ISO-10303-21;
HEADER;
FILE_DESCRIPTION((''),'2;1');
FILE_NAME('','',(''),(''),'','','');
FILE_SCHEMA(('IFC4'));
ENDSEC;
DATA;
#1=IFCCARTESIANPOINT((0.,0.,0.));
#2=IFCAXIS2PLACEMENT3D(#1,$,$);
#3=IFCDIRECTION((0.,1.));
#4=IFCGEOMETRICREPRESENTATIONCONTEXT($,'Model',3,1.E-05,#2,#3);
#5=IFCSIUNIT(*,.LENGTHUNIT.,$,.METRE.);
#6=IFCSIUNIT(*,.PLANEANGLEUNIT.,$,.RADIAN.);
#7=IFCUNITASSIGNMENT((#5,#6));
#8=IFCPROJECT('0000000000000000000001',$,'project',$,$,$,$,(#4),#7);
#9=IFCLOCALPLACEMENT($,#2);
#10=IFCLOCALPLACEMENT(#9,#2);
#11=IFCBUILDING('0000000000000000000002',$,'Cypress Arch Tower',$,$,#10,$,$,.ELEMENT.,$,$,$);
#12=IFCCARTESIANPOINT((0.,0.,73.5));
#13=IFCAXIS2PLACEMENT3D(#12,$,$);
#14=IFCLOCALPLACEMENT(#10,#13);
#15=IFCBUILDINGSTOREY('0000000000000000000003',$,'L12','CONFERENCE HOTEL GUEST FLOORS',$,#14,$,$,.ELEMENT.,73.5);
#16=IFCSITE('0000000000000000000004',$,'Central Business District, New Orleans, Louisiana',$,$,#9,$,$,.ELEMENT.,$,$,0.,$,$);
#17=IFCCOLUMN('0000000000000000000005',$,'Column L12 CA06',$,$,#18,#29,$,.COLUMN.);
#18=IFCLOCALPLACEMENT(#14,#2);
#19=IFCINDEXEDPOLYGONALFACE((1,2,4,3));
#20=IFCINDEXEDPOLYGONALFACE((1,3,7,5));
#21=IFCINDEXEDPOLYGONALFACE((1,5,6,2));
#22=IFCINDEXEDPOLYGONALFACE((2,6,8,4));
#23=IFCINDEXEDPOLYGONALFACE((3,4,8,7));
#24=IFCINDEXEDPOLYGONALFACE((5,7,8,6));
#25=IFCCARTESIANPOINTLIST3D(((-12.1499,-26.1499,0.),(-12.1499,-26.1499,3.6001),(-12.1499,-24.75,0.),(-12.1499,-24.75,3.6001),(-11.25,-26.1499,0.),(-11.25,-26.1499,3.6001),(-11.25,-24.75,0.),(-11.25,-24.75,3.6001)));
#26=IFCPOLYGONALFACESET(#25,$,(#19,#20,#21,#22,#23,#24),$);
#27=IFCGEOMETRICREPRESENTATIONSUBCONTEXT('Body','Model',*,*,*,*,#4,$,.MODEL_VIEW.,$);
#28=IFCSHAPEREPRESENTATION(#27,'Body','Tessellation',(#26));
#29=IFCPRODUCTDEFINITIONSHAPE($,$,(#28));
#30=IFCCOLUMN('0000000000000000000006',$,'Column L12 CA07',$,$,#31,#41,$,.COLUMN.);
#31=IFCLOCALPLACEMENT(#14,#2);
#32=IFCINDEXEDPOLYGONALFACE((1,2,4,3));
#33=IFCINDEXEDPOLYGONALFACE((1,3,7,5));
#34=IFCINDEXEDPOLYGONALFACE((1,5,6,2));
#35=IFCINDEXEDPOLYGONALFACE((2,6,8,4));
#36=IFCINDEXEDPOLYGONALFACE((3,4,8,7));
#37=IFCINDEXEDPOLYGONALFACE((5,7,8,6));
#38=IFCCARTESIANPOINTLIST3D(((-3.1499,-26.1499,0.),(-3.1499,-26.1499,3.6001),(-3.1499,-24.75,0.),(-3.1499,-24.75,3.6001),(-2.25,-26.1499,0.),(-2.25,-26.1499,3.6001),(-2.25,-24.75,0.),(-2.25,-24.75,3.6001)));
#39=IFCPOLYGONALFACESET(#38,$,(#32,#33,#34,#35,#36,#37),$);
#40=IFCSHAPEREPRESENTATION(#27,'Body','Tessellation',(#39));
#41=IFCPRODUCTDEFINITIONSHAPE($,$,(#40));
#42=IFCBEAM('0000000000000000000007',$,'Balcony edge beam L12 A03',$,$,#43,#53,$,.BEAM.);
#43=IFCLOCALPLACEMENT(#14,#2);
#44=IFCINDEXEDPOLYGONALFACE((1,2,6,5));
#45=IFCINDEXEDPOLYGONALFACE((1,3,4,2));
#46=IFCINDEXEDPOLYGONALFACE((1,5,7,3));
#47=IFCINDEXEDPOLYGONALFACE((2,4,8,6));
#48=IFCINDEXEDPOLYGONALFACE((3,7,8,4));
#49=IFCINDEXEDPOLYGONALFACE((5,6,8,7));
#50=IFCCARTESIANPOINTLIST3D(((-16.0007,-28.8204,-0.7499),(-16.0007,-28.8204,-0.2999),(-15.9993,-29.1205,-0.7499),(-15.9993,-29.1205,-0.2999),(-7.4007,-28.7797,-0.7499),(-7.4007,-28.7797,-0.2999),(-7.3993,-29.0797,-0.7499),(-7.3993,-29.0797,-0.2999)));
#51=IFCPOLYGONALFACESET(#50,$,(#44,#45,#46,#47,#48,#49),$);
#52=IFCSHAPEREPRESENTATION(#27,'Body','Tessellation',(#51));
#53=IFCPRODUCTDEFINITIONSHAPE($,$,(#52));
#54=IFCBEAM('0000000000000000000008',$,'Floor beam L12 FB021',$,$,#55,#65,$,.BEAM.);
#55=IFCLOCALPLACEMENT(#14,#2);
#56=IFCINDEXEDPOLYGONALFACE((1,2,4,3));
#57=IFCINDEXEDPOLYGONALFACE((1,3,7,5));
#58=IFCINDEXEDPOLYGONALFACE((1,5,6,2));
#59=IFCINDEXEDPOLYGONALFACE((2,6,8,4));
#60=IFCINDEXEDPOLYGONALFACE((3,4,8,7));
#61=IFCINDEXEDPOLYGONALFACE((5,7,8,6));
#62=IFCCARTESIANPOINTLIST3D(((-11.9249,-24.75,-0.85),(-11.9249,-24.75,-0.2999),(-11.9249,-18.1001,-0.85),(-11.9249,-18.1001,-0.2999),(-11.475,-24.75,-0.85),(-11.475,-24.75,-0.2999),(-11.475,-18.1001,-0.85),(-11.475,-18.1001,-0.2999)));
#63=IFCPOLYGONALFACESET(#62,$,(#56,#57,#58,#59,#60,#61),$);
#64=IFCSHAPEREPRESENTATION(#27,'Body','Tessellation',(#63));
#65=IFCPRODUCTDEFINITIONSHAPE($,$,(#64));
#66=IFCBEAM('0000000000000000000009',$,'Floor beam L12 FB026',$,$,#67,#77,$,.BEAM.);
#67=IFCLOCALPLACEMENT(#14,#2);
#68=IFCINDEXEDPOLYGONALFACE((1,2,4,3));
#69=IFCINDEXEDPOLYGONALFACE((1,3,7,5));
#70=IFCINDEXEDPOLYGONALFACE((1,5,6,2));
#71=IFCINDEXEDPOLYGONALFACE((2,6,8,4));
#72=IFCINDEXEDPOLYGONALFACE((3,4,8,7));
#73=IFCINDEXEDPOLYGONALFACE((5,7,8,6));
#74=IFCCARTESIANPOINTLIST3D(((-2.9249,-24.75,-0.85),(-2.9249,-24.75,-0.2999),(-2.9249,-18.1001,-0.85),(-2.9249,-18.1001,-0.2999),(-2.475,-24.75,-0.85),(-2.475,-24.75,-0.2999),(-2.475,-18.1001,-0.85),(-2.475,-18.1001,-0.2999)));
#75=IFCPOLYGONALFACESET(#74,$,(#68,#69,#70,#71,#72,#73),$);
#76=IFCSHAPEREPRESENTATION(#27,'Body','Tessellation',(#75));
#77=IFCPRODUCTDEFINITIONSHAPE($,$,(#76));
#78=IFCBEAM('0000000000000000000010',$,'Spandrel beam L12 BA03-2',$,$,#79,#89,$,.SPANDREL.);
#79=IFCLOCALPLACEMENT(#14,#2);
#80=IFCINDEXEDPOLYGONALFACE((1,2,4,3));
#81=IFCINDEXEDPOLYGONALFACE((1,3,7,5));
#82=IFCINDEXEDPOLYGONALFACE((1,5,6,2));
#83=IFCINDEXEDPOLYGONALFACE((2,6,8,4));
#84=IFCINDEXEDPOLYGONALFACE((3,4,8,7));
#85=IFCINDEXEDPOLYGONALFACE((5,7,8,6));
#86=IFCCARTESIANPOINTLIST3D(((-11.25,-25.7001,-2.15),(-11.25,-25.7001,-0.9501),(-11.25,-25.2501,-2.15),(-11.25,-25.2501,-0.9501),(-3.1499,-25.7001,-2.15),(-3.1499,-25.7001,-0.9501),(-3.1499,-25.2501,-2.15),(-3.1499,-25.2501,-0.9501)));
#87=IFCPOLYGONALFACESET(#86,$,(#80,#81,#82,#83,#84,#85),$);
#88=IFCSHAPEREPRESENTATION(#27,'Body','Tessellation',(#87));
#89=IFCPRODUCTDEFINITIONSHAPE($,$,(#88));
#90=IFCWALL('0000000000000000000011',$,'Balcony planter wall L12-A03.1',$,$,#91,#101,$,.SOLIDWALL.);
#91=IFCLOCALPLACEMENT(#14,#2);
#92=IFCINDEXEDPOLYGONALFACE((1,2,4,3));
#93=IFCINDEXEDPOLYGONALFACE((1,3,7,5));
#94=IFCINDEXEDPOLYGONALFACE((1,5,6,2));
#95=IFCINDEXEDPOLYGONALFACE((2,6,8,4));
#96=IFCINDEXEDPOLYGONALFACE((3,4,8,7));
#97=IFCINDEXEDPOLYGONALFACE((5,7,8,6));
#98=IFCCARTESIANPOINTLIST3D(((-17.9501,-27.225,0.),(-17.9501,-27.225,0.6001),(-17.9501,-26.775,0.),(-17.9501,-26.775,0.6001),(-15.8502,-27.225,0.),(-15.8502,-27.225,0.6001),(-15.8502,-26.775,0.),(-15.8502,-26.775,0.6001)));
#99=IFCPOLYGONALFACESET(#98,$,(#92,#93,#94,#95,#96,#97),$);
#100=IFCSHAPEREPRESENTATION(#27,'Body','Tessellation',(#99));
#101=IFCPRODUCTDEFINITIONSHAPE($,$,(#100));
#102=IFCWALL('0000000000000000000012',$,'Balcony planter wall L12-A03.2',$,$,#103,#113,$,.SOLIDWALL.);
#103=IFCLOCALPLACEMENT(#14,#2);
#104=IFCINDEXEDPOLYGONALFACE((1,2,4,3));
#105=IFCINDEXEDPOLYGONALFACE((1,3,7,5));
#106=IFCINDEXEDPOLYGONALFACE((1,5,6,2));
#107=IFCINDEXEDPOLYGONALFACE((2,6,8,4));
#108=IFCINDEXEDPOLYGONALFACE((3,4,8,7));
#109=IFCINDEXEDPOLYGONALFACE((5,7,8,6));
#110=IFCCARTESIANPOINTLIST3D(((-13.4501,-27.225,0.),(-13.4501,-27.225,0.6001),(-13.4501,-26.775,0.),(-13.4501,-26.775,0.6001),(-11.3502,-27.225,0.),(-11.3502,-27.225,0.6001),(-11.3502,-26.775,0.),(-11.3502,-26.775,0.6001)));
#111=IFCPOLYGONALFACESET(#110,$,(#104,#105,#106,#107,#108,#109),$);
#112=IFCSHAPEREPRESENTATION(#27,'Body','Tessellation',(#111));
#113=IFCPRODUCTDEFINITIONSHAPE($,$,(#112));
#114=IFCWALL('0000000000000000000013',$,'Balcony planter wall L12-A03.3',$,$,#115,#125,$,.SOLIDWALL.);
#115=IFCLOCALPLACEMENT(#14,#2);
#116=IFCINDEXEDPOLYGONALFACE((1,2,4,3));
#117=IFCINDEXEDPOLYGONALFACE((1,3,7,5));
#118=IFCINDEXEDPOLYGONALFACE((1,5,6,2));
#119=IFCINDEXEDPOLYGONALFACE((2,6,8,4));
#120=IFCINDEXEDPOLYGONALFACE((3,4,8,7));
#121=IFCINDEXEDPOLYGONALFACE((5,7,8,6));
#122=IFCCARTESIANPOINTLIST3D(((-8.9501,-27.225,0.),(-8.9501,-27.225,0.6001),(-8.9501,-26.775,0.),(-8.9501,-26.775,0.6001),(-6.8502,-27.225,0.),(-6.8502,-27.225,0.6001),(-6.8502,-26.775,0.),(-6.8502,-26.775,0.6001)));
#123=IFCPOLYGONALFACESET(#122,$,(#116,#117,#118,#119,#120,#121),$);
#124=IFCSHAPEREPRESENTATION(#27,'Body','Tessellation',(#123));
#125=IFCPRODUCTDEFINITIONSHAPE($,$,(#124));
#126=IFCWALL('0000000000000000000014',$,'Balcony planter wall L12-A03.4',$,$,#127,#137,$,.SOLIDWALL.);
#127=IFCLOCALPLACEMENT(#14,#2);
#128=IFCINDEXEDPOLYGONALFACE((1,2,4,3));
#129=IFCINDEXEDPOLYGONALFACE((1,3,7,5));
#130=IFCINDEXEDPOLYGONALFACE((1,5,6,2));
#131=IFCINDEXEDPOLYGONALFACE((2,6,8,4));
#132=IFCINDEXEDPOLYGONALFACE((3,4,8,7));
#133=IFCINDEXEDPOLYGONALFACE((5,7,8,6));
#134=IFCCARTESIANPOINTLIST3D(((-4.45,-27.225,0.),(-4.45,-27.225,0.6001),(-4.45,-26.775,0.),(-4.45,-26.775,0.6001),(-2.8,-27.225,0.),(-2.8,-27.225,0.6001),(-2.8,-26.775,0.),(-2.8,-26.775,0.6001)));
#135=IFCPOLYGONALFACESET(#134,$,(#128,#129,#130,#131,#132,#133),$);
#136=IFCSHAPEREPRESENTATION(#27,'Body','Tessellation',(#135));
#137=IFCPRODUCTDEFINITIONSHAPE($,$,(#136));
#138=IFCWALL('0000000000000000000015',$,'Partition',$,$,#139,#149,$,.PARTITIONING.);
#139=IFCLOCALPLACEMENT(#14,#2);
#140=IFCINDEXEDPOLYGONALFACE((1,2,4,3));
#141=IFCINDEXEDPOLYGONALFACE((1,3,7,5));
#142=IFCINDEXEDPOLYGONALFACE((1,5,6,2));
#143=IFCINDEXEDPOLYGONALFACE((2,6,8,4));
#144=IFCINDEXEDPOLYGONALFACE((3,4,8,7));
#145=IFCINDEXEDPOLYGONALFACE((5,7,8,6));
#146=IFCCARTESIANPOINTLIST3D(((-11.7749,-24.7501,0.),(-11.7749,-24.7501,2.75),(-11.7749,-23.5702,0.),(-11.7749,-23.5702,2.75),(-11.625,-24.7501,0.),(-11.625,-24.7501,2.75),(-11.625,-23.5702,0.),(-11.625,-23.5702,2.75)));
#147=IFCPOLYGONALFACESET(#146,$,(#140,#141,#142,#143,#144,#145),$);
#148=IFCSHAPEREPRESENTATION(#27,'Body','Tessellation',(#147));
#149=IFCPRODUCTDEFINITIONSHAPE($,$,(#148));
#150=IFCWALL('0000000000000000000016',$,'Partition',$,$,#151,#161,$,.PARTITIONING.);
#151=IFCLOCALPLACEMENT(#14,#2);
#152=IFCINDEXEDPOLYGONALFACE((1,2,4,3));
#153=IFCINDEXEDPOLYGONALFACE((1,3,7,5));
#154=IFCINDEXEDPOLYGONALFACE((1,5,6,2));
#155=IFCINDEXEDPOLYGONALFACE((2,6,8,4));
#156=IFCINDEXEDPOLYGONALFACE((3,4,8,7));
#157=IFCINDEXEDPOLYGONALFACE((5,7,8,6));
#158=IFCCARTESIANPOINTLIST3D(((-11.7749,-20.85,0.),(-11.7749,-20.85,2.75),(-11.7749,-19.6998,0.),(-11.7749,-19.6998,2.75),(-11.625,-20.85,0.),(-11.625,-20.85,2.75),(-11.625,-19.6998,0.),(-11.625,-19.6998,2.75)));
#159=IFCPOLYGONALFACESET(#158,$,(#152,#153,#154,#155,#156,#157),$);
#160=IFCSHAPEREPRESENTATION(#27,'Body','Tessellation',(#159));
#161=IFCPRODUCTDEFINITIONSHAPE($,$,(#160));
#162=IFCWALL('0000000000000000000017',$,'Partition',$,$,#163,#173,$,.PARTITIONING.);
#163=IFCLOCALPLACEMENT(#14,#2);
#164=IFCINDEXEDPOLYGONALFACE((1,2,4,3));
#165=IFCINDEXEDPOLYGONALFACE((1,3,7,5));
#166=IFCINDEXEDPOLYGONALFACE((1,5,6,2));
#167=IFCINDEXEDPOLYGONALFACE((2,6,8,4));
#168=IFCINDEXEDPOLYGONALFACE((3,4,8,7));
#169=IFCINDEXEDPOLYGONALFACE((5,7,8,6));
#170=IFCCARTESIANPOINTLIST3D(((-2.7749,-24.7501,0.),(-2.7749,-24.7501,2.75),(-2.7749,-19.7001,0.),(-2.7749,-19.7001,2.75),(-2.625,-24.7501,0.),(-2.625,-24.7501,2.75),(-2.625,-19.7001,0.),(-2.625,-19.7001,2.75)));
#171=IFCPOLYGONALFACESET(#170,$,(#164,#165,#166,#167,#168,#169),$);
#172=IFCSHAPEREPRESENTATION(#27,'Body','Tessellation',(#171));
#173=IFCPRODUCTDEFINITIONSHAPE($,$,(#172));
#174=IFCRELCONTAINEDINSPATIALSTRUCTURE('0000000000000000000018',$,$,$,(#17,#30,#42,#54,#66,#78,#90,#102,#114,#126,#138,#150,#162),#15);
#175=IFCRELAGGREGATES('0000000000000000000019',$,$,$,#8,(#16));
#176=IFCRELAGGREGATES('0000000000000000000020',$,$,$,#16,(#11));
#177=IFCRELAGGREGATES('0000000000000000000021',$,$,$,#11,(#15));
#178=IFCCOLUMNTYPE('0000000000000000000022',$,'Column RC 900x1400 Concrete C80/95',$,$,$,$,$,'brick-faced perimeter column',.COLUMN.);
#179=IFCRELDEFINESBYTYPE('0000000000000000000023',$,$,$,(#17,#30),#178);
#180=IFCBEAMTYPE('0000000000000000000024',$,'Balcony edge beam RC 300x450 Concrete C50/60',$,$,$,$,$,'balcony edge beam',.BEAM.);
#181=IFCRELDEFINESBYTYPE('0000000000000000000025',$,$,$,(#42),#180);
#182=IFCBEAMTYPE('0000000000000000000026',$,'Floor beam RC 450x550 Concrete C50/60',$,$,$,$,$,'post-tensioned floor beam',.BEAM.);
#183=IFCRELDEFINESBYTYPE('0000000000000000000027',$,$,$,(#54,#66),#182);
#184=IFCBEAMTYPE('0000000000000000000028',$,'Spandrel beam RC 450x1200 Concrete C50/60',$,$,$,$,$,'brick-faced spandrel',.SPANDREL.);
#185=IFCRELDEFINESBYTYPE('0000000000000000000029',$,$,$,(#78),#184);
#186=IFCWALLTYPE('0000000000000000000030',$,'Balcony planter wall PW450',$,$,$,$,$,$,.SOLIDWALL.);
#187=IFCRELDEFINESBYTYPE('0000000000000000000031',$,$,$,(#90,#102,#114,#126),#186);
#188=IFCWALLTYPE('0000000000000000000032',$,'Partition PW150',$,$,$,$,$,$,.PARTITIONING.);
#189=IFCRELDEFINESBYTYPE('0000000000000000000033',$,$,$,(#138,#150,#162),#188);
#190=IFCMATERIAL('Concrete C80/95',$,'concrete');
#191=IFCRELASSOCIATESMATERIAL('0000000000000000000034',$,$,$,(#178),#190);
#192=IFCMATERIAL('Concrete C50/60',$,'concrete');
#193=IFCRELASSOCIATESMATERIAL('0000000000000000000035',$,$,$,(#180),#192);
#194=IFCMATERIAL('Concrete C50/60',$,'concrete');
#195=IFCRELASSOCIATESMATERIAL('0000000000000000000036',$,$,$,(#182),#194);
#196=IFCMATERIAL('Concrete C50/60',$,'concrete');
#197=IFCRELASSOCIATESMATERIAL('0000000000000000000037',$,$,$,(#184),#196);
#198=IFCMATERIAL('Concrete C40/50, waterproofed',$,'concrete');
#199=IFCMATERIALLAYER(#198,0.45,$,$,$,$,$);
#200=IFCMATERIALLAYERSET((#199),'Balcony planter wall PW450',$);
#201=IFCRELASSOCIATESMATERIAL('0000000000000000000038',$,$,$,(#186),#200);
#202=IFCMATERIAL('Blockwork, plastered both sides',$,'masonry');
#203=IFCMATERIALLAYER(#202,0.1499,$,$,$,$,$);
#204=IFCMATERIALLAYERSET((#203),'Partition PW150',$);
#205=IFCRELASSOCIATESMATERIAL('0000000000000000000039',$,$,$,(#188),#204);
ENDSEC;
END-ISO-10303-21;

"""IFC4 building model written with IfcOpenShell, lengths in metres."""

from ifc_helpers import new_model, si_unit, direction, frame, frame_2d, origin, origin_2d, place, context, subcontext, project, spatial, rectangle, extrude, material, layer, layer_set, material_profile, profile_set, type_object, element, save


model = new_model("IFC4")

# Units and contexts
model_context = context("Model", 3, precision=1e-05, world=origin(), true_north=direction((0.0, 1.0)))
body_context = subcontext(model_context, "Body", "Model", "MODEL_VIEW")
ifc_project = project(units=[si_unit("LENGTHUNIT", "METRE"), si_unit("PLANEANGLEUNIT", "RADIAN")], contexts=[model_context])

# Site, building, storey
site_placement = place(None, origin())
site = spatial("IfcSite", under=ifc_project, at=site_placement, Name="Central Business District, New Orleans, Louisiana", CompositionType="ELEMENT", RefElevation=0.0)
building_placement = place(site_placement, origin())
building = spatial("IfcBuilding", under=site, at=building_placement, Name="Cypress Arch Tower", CompositionType="ELEMENT")
storey_placement = place(building_placement, frame((0.0, 0.0, 73.5)))
storey = spatial("IfcBuildingStorey", under=building, at=storey_placement, Name="L12", Description="CONFERENCE HOTEL GUEST FLOORS", CompositionType="ELEMENT", Elevation=73.5)

# Columns
ifc_material_1 = material(Name="Concrete C80/95", Category="concrete")
ifc_material_profile_1 = material_profile(ifc_material_1, rectangle(XDim=0.8999, YDim=1.3999, at=origin_2d()), Name="RC 900x1400")
ifc_profile_set_1 = profile_set([ifc_material_profile_1], Name="Concrete C80/95")
column_type = type_object("IfcColumnType", Name="Column RC 900x1400 Concrete C80/95", ElementType="brick-faced perimeter column", PredefinedType="COLUMN", material=ifc_profile_set_1)
for number, where, z_axis, x_axis, name in (
    (1, (-11.7, -25.45, 0.0), (0.0, 0.0, 1.0), (1.0, 0.0, 0.0), "Column L12 CA06"),
    (2, (-2.7, -25.45, 0.0), (0.0, 0.0, 1.0), (1.0, 0.0, 0.0), "Column L12 CA07"),
):
    element("IfcColumn", number, at=place(storey_placement, frame(where, z_axis=z_axis, x_axis=x_axis)), inside=storey, type_object=column_type, Name=name, PredefinedType="COLUMN", context=body_context, shape_type="SweptSolid", body=[
        extrude(rectangle(XDim=0.8999, YDim=1.3999, at=origin_2d()), origin(), (0.0, 0.0, 1.0), 3.6001),
    ])

# Beams
ifc_material_2 = material(Name="Concrete C50/60", Category="concrete")
ifc_material_profile_2 = material_profile(ifc_material_2, rectangle(XDim=0.3, YDim=0.45, at=origin_2d()), Name="RC 300x450")
ifc_profile_set_2 = profile_set([ifc_material_profile_2], Name="Concrete C50/60")
beam_type_1 = type_object("IfcBeamType", Name="Balcony edge beam RC 300x450 Concrete C50/60", ElementType="balcony edge beam", PredefinedType="BEAM", material=ifc_profile_set_2)
beam_1_placement = place(storey_placement, frame((-16.0, -28.9705, -0.5249), z_axis=(0.999989, 0.004741, 0.0), x_axis=(-0.004741, 0.999989, 0.0)))
element("IfcBeam", 3, at=beam_1_placement, inside=storey, type_object=beam_type_1, Name="Balcony edge beam L12 A03", PredefinedType="BEAM", context=body_context, shape_type="SweptSolid", body=[
    extrude(rectangle(XDim=0.3, YDim=0.45, at=origin_2d()), origin(), (0.0, 0.0, 1.0), 8.6001),
])
ifc_material_3 = material(Name="Concrete C50/60", Category="concrete")
ifc_material_profile_3 = material_profile(ifc_material_3, rectangle(XDim=0.45, YDim=0.55, at=origin_2d()), Name="RC 450x550")
ifc_profile_set_3 = profile_set([ifc_material_profile_3], Name="Concrete C50/60")
beam_type_2 = type_object("IfcBeamType", Name="Floor beam RC 450x550 Concrete C50/60", ElementType="post-tensioned floor beam", PredefinedType="BEAM", material=ifc_profile_set_3)
for number, where, z_axis, x_axis, name in (
    (4, (-11.7, -24.75, -0.575), (0.0, 1.0, 0.0), (-1.0, 0.0, 0.0), "Floor beam L12 FB021"),
    (5, (-2.7, -24.75, -0.575), (0.0, 1.0, 0.0), (-1.0, 0.0, 0.0), "Floor beam L12 FB026"),
):
    element("IfcBeam", number, at=place(storey_placement, frame(where, z_axis=z_axis, x_axis=x_axis)), inside=storey, type_object=beam_type_2, Name=name, PredefinedType="BEAM", context=body_context, shape_type="SweptSolid", body=[
        extrude(rectangle(XDim=0.45, YDim=0.55, at=origin_2d()), origin(), (0.0, 0.0, 1.0), 6.6499),
    ])
ifc_material_4 = material(Name="Concrete C50/60", Category="concrete")
ifc_material_profile_4 = material_profile(ifc_material_4, rectangle(XDim=0.45, YDim=1.2, at=origin_2d()), Name="RC 450x1200")
ifc_profile_set_4 = profile_set([ifc_material_profile_4], Name="Concrete C50/60")
beam_type_3 = type_object("IfcBeamType", Name="Spandrel beam RC 450x1200 Concrete C50/60", ElementType="brick-faced spandrel", PredefinedType="SPANDREL", material=ifc_profile_set_4)
beam_2_placement = place(storey_placement, frame((-11.25, -25.4751, -1.55), z_axis=(1.0, 0.0, 0.0), x_axis=(0.0, 1.0, 0.0)))
element("IfcBeam", 6, at=beam_2_placement, inside=storey, type_object=beam_type_3, Name="Spandrel beam L12 BA03-2", PredefinedType="SPANDREL", context=body_context, shape_type="SweptSolid", body=[
    extrude(rectangle(XDim=0.45, YDim=1.2, at=origin_2d()), origin(), (0.0, 0.0, 1.0), 8.1001),
])

# Walls
ifc_material_5 = material(Name="Concrete C40/50, waterproofed", Category="concrete")
ifc_layer_1 = layer(ifc_material_5, 0.45)
ifc_layer_set_1 = layer_set([ifc_layer_1], Name="Balcony planter wall PW450")
wall_type_1 = type_object("IfcWallType", Name="Balcony planter wall PW450", PredefinedType="SOLIDWALL", material=ifc_layer_set_1)
for number, where, z_axis, x_axis, name in (
    (7, (-17.95, -27.0, 0.0), (0.0, 0.0, 1.0), (1.0, 0.0, 0.0), "Balcony planter wall L12-A03.1"),
    (8, (-13.45, -27.0, 0.0), (0.0, 0.0, 1.0), (1.0, 0.0, 0.0), "Balcony planter wall L12-A03.2"),
    (9, (-8.95, -27.0, 0.0), (0.0, 0.0, 1.0), (1.0, 0.0, 0.0), "Balcony planter wall L12-A03.3"),
):
    element("IfcWall", number, at=place(storey_placement, frame(where, z_axis=z_axis, x_axis=x_axis)), inside=storey, type_object=wall_type_1, Name=name, PredefinedType="SOLIDWALL", context=body_context, shape_type="SweptSolid", body=[
        extrude(rectangle(XDim=2.0999, YDim=0.45, at=frame_2d((1.0498, 0.0))), origin(), (0.0, 0.0, 1.0), 0.6001),
    ])
wall_1_placement = place(storey_placement, frame((-4.45, -27.0, 0.0), z_axis=(0.0, 0.0, 1.0), x_axis=(1.0, 0.0, 0.0)))
element("IfcWall", 10, at=wall_1_placement, inside=storey, type_object=wall_type_1, Name="Balcony planter wall L12-A03.4", PredefinedType="SOLIDWALL", context=body_context, shape_type="SweptSolid", body=[
    extrude(rectangle(XDim=1.6499, YDim=0.45, at=frame_2d((0.825, 0.0))), origin(), (0.0, 0.0, 1.0), 0.6001),
])

# Walls
ifc_material_6 = material(Name="Blockwork, plastered both sides", Category="masonry")
ifc_layer_2 = layer(ifc_material_6, 0.1499)
ifc_layer_set_2 = layer_set([ifc_layer_2], Name="Partition PW150")
wall_type_2 = type_object("IfcWallType", Name="Partition PW150", PredefinedType="PARTITIONING", material=ifc_layer_set_2)
wall_2_placement = place(storey_placement, frame((-11.7, -24.75, 0.0), z_axis=(0.0, 0.0, 1.0), x_axis=(0.0, 1.0, 0.0)))
element("IfcWall", 11, at=wall_2_placement, inside=storey, type_object=wall_type_2, Name="Partition", PredefinedType="PARTITIONING", context=body_context, shape_type="SweptSolid", body=[
    extrude(rectangle(XDim=1.1799, YDim=0.1499, at=frame_2d((0.5898, 0.0))), origin(), (0.0, 0.0, 1.0), 2.75),
])
wall_3_placement = place(storey_placement, frame((-11.7, -20.8501, 0.0), z_axis=(0.0, 0.0, 1.0), x_axis=(0.0, 1.0, 0.0)))
element("IfcWall", 12, at=wall_3_placement, inside=storey, type_object=wall_type_2, Name="Partition", PredefinedType="PARTITIONING", context=body_context, shape_type="SweptSolid", body=[
    extrude(rectangle(XDim=1.1501, YDim=0.1499, at=frame_2d((0.5752, 0.0))), origin(), (0.0, 0.0, 1.0), 2.75),
])
wall_4_placement = place(storey_placement, frame((-2.7, -24.75, 0.0), z_axis=(0.0, 0.0, 1.0), x_axis=(0.0, 1.0, 0.0)))
element("IfcWall", 13, at=wall_4_placement, inside=storey, type_object=wall_type_2, Name="Partition", PredefinedType="PARTITIONING", context=body_context, shape_type="SweptSolid", body=[
    extrude(rectangle(XDim=5.05, YDim=0.1499, at=frame_2d((2.5249, 0.0))), origin(), (0.0, 0.0, 1.0), 2.75),
])

save(model, "model.ifc")
